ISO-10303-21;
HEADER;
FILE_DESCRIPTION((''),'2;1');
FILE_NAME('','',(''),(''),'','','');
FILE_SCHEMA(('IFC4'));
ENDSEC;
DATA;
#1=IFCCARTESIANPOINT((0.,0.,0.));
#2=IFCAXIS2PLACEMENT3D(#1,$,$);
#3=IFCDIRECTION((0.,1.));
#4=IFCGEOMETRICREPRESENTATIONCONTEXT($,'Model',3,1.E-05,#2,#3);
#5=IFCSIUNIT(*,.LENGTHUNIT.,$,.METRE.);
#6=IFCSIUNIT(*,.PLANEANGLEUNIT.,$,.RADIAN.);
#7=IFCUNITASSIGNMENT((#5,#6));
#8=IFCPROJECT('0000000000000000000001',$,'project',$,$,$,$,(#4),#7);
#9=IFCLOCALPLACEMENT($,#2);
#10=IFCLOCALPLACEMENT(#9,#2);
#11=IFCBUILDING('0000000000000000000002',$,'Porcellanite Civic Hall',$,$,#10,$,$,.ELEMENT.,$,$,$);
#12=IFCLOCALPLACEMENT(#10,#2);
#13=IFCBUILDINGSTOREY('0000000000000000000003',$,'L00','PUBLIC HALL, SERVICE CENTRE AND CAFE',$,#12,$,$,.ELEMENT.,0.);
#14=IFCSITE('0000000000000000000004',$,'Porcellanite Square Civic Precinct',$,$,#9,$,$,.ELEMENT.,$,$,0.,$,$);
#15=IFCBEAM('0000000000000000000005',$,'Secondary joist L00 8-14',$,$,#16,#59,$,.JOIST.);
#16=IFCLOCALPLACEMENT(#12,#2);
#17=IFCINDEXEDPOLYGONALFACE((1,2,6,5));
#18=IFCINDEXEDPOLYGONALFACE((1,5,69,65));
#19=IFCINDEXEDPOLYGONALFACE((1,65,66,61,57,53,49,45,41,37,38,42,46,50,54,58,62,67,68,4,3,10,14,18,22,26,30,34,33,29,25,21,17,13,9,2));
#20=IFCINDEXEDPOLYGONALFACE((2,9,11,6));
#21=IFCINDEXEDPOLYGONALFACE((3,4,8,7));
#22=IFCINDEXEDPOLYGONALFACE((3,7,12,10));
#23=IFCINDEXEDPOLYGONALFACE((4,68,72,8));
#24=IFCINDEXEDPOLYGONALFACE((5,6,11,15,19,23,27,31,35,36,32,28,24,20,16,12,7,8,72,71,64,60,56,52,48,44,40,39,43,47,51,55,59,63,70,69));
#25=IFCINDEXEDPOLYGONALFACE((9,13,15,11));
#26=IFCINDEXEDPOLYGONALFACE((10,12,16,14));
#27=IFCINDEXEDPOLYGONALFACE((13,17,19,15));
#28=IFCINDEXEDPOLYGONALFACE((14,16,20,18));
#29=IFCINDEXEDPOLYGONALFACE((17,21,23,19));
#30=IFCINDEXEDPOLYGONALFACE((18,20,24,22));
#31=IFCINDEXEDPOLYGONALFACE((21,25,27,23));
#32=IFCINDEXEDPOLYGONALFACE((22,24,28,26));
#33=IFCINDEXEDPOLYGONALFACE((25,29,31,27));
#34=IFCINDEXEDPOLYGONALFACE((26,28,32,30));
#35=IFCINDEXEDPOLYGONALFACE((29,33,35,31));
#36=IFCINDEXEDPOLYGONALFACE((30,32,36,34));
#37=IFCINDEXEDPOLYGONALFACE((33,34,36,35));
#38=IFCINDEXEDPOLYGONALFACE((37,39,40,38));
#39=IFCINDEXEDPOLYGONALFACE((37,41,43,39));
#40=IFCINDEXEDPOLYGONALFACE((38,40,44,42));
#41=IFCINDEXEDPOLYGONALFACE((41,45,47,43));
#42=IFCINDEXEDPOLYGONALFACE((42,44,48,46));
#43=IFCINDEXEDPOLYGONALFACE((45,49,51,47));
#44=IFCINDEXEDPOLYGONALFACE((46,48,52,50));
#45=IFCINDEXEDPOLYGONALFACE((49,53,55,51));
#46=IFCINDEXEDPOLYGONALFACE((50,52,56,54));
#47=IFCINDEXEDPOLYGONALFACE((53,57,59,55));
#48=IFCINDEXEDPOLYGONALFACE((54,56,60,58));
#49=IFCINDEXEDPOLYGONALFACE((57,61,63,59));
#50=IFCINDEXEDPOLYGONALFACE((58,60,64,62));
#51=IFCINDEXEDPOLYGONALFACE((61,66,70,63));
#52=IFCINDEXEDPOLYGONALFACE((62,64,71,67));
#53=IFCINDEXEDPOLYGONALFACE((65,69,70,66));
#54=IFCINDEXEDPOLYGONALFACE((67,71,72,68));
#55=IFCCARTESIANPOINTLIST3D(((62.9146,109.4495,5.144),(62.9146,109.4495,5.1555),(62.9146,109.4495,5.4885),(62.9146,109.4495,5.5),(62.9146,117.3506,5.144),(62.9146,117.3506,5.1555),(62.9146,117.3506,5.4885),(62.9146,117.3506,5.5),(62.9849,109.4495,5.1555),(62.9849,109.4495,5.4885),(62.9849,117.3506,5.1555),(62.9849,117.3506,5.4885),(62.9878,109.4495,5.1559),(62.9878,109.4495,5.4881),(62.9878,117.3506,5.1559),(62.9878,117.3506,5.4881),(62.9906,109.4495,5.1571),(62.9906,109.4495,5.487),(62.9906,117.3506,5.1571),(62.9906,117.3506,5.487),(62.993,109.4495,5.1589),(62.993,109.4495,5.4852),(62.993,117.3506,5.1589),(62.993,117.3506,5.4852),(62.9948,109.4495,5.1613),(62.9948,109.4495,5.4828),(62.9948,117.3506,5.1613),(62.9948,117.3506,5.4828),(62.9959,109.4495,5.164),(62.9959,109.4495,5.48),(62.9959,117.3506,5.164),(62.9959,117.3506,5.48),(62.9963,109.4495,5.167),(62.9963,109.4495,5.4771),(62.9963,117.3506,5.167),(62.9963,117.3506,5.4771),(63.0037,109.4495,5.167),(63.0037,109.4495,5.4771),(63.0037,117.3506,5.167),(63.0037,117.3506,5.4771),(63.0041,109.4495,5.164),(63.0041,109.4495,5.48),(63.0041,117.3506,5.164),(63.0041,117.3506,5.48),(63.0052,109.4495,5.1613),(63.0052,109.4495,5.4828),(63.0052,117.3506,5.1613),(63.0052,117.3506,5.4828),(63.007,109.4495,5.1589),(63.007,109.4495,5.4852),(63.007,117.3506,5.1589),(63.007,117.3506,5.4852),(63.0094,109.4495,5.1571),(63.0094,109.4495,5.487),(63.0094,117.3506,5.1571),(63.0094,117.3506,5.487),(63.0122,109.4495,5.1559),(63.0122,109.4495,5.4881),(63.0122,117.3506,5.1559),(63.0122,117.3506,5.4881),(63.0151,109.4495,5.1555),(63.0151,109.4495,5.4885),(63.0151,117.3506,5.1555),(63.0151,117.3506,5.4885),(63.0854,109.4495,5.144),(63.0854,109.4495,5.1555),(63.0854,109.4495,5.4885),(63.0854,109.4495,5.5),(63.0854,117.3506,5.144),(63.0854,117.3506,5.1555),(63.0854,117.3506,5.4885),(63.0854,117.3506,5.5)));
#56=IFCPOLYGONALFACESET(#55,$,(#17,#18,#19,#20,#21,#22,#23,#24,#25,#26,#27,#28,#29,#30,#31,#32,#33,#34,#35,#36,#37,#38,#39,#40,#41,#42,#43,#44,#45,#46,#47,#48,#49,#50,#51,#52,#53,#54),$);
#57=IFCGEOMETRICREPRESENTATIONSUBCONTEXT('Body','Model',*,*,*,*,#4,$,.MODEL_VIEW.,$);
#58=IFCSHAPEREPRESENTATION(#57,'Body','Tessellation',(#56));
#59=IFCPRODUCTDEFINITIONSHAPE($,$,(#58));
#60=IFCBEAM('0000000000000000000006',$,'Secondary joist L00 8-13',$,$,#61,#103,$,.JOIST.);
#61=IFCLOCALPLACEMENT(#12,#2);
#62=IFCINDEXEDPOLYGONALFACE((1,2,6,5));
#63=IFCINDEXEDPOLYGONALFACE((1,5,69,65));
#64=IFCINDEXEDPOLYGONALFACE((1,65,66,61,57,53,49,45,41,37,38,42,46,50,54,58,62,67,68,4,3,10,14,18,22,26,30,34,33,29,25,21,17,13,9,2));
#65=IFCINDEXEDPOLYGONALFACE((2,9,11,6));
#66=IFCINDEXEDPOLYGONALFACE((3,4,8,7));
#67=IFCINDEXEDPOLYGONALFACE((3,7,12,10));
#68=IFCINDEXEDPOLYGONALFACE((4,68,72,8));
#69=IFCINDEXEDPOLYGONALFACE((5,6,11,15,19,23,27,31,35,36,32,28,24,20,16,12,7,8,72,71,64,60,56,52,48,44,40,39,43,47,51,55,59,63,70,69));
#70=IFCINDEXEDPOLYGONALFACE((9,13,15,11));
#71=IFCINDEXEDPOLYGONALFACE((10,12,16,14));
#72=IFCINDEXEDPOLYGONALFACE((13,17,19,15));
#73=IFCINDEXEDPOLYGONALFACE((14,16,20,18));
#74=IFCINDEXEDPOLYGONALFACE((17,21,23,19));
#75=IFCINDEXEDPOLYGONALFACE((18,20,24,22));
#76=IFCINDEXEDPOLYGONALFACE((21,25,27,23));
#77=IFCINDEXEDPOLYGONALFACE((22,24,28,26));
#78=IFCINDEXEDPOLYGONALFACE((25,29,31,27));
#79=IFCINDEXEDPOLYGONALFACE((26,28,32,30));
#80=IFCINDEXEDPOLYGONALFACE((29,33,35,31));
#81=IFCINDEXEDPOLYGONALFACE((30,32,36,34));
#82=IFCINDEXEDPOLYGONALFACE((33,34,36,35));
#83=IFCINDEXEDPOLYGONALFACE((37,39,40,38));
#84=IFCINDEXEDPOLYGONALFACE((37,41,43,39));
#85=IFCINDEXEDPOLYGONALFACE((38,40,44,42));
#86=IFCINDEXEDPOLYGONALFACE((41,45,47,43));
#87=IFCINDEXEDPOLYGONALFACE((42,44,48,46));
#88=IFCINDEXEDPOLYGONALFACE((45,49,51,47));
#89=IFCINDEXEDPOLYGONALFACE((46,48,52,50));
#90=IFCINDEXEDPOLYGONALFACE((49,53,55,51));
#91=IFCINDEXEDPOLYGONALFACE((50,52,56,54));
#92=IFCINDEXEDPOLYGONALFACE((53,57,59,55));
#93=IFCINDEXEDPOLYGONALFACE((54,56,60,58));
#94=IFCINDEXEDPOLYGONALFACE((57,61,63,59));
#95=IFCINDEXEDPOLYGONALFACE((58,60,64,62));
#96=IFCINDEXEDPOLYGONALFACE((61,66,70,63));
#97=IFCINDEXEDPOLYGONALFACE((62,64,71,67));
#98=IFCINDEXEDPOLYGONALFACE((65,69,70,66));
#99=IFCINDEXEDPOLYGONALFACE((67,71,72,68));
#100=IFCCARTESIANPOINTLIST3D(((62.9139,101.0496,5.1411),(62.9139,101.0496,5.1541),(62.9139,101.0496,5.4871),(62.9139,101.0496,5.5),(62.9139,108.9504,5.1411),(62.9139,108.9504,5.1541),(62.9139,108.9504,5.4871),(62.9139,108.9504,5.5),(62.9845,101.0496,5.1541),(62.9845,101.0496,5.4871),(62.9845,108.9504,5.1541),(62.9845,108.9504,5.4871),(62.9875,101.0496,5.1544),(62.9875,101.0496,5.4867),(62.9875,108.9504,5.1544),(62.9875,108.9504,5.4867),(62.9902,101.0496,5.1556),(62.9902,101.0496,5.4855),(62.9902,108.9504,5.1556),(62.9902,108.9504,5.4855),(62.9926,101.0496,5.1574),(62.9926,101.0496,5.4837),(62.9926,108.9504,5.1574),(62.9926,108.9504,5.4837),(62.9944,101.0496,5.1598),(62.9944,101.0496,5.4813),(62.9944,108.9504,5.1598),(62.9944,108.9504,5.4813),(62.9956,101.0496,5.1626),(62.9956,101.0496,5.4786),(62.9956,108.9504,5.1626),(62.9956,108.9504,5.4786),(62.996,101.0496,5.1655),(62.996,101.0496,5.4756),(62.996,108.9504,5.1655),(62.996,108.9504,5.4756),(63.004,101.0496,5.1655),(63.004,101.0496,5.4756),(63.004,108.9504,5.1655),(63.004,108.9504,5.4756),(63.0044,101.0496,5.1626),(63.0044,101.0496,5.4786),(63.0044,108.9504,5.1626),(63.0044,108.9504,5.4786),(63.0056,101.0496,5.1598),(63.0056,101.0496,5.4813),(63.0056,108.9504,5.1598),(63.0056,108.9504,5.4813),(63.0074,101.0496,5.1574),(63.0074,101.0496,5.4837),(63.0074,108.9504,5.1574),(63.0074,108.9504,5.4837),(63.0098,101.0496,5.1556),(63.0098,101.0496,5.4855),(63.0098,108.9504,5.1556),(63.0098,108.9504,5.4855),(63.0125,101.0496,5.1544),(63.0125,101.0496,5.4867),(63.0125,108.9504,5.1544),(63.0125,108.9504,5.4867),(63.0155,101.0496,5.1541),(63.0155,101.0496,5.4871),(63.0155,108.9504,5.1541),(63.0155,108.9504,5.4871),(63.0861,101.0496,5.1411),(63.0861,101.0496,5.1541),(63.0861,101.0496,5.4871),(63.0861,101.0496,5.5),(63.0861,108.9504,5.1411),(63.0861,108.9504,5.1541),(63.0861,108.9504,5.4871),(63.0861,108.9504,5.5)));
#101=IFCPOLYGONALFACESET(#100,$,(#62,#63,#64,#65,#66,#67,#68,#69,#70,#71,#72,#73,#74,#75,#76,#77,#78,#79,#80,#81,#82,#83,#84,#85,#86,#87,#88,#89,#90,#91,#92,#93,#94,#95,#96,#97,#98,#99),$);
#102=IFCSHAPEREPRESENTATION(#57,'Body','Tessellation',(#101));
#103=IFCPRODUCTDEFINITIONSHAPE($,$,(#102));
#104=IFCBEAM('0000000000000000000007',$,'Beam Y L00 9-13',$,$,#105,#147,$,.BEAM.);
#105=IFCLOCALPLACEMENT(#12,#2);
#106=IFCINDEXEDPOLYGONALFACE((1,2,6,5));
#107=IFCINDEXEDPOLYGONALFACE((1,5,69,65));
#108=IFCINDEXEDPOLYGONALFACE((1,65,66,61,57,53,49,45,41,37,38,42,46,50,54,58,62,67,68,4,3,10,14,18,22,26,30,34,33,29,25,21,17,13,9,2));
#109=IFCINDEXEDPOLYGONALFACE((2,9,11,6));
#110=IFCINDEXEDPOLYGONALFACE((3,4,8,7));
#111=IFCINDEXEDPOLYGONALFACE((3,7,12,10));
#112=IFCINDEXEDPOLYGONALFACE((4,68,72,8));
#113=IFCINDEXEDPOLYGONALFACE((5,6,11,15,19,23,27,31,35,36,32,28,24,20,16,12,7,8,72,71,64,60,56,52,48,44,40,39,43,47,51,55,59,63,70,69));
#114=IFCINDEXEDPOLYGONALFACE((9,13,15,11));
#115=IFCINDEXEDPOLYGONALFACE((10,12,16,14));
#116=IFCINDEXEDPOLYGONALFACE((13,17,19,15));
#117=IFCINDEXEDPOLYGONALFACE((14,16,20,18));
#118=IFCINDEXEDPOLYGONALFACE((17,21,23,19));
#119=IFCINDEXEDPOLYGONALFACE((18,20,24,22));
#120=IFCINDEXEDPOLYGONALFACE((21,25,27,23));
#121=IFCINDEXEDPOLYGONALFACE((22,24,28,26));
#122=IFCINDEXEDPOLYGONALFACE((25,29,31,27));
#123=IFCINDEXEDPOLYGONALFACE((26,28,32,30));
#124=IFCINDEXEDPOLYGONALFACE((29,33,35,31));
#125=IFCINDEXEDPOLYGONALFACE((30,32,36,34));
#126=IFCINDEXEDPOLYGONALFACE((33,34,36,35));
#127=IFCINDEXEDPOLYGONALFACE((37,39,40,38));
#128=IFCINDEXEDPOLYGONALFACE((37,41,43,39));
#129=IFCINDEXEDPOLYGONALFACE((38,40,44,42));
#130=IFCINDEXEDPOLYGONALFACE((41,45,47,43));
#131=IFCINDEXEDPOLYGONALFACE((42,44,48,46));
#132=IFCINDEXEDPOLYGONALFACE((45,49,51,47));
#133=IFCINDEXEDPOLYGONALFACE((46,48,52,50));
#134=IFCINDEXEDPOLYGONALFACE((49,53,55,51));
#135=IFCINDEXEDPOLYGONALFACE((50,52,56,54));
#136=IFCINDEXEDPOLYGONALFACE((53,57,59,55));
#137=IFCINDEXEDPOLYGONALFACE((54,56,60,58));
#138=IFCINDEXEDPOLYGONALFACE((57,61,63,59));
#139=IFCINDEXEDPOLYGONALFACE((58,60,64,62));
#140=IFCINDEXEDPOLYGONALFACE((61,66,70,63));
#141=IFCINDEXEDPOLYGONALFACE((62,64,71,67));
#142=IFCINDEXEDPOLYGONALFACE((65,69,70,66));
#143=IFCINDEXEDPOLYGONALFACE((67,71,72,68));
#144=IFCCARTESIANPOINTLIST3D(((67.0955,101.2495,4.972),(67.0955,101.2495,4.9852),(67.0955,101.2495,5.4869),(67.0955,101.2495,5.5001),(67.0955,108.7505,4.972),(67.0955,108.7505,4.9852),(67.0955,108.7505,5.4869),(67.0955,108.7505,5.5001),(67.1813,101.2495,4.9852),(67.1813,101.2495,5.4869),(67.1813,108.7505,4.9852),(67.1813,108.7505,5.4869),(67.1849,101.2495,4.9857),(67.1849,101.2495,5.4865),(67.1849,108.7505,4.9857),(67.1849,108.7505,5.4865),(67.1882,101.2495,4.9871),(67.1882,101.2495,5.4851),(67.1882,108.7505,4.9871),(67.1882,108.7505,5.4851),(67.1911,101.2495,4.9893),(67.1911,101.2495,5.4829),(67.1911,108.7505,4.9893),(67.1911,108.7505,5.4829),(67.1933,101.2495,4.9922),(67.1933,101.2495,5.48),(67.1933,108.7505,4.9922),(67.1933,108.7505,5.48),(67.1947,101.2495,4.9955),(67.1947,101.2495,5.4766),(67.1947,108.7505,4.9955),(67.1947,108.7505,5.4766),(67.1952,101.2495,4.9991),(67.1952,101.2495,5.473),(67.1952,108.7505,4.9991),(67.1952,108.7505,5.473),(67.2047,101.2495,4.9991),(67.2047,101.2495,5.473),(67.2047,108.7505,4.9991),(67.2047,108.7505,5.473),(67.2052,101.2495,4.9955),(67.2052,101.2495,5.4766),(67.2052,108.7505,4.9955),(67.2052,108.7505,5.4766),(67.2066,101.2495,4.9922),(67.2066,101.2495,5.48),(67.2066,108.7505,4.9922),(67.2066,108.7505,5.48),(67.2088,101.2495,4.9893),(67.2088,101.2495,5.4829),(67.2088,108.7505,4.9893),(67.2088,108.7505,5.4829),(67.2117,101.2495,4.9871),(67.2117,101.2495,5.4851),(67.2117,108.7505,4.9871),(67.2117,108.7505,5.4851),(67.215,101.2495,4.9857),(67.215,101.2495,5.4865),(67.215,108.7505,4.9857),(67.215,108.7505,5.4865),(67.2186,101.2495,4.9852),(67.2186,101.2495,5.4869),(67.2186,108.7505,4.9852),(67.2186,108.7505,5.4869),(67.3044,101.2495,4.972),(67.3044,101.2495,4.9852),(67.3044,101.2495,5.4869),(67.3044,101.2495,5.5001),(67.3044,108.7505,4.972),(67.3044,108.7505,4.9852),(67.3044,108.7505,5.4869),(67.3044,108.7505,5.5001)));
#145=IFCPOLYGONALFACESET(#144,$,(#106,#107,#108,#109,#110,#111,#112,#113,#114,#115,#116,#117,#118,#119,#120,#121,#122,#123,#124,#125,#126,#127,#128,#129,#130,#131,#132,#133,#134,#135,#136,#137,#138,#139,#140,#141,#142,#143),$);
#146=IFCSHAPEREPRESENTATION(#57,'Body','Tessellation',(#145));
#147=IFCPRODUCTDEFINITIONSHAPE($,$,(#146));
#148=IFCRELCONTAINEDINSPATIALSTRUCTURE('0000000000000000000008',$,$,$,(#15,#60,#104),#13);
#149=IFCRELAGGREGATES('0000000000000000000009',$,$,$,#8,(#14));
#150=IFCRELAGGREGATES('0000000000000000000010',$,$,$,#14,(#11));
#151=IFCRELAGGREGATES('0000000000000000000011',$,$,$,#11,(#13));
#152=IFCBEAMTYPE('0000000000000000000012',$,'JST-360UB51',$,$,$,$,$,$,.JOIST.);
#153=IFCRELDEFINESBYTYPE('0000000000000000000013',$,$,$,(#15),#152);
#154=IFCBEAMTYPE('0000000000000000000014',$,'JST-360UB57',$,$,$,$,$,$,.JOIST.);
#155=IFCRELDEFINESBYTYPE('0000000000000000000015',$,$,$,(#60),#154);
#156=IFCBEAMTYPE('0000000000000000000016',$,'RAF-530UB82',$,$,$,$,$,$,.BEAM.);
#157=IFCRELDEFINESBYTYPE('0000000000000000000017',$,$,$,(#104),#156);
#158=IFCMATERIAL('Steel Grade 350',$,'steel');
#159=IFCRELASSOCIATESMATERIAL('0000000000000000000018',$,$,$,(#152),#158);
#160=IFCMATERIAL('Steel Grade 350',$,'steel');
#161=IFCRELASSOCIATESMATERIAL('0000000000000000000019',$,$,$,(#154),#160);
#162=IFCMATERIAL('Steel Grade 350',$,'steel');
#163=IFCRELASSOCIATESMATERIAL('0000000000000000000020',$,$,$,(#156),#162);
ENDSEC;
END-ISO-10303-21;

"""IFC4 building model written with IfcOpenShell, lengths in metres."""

from ifc_helpers import new_model, si_unit, direction, frame, origin, origin_2d, place, context, subcontext, project, spatial, i_section, extrude, material, material_profile, profile_set, type_object, element, save


model = new_model("IFC4")

# Units and contexts
model_context = context("Model", 3, precision=1e-05, world=origin(), true_north=direction((0.0, 1.0)))
body_context = subcontext(model_context, "Body", "Model", "MODEL_VIEW")
ifc_project = project(units=[si_unit("LENGTHUNIT", "METRE"), si_unit("PLANEANGLEUNIT", "RADIAN")], contexts=[model_context])

# Site, building, storey
site_placement = place(None, origin())
site = spatial("IfcSite", under=ifc_project, at=site_placement, Name="Porcellanite Square Civic Precinct", CompositionType="ELEMENT", RefElevation=0.0)
building_placement = place(site_placement, origin())
building = spatial("IfcBuilding", under=site, at=building_placement, Name="Porcellanite Civic Hall", CompositionType="ELEMENT")
storey_placement = place(building_placement, origin())
storey = spatial("IfcBuildingStorey", under=building, at=storey_placement, Name="L00", Description="PUBLIC HALL, SERVICE CENTRE AND CAFE", CompositionType="ELEMENT", Elevation=0.0)

# Beams
ifc_material_1 = material(Name="Steel Grade 350", Category="steel")
ifc_material_profile_1 = material_profile(ifc_material_1, i_section(OverallWidth=0.1709, OverallDepth=0.356, WebThickness=0.0073, FlangeThickness=0.0115, FilletRadius=0.0115, at=origin_2d()), Name="360UB50.7")
ifc_profile_set_1 = profile_set([ifc_material_profile_1], Name="Steel Grade 350")
beam_type_1 = type_object("IfcBeamType", Name="JST-360UB51", PredefinedType="JOIST", material=ifc_profile_set_1)
beam_1_placement = place(storey_placement, frame((63.0, 109.4495, 5.322), z_axis=(0.0, 1.0, 0.0), x_axis=(-1.0, 0.0, 0.0)))
element("IfcBeam", 1, at=beam_1_placement, inside=storey, type_object=beam_type_1, Name="Secondary joist L00 8-14", PredefinedType="JOIST", context=body_context, shape_type="SweptSolid", body=[
    extrude(i_section(OverallWidth=0.1709, OverallDepth=0.356, WebThickness=0.0073, FlangeThickness=0.0115, FilletRadius=0.0115, at=origin_2d()), origin(), (0.0, 0.0, 1.0), 7.9011),
])
ifc_material_2 = material(Name="Steel Grade 350", Category="steel")
ifc_material_profile_2 = material_profile(ifc_material_2, i_section(OverallWidth=0.1721, OverallDepth=0.3589, WebThickness=0.0081, FlangeThickness=0.0129, FilletRadius=0.0115, at=origin_2d()), Name="360UB56.7")
ifc_profile_set_2 = profile_set([ifc_material_profile_2], Name="Steel Grade 350")
beam_type_2 = type_object("IfcBeamType", Name="JST-360UB57", PredefinedType="JOIST", material=ifc_profile_set_2)
beam_2_placement = place(storey_placement, frame((63.0, 101.0496, 5.3206), z_axis=(0.0, 1.0, 0.0), x_axis=(-1.0, 0.0, 0.0)))
element("IfcBeam", 2, at=beam_2_placement, inside=storey, type_object=beam_type_2, Name="Secondary joist L00 8-13", PredefinedType="JOIST", context=body_context, shape_type="SweptSolid", body=[
    extrude(i_section(OverallWidth=0.1721, OverallDepth=0.3589, WebThickness=0.0081, FlangeThickness=0.0129, FilletRadius=0.0115, at=origin_2d()), origin(), (0.0, 0.0, 1.0), 7.9009),
])
ifc_material_3 = material(Name="Steel Grade 350", Category="steel")
ifc_material_profile_3 = material_profile(ifc_material_3, i_section(OverallWidth=0.209, OverallDepth=0.5281, WebThickness=0.0095, FlangeThickness=0.0132, FilletRadius=0.0139, at=origin_2d()), Name="530UB82.0")
ifc_profile_set_3 = profile_set([ifc_material_profile_3], Name="Steel Grade 350")
beam_type_3 = type_object("IfcBeamType", Name="RAF-530UB82", PredefinedType="BEAM", material=ifc_profile_set_3)
beam_3_placement = place(storey_placement, frame((67.2, 101.2495, 5.2361), z_axis=(0.0, 1.0, 0.0), x_axis=(-1.0, 0.0, 0.0)))
element("IfcBeam", 3, at=beam_3_placement, inside=storey, type_object=beam_type_3, Name="Beam Y L00 9-13", PredefinedType="BEAM", context=body_context, shape_type="SweptSolid", body=[
    extrude(i_section(OverallWidth=0.209, OverallDepth=0.5281, WebThickness=0.0095, FlangeThickness=0.0132, FilletRadius=0.0139, at=origin_2d()), origin(), (0.0, 0.0, 1.0), 7.501),
])

save(model, "model.ifc")
